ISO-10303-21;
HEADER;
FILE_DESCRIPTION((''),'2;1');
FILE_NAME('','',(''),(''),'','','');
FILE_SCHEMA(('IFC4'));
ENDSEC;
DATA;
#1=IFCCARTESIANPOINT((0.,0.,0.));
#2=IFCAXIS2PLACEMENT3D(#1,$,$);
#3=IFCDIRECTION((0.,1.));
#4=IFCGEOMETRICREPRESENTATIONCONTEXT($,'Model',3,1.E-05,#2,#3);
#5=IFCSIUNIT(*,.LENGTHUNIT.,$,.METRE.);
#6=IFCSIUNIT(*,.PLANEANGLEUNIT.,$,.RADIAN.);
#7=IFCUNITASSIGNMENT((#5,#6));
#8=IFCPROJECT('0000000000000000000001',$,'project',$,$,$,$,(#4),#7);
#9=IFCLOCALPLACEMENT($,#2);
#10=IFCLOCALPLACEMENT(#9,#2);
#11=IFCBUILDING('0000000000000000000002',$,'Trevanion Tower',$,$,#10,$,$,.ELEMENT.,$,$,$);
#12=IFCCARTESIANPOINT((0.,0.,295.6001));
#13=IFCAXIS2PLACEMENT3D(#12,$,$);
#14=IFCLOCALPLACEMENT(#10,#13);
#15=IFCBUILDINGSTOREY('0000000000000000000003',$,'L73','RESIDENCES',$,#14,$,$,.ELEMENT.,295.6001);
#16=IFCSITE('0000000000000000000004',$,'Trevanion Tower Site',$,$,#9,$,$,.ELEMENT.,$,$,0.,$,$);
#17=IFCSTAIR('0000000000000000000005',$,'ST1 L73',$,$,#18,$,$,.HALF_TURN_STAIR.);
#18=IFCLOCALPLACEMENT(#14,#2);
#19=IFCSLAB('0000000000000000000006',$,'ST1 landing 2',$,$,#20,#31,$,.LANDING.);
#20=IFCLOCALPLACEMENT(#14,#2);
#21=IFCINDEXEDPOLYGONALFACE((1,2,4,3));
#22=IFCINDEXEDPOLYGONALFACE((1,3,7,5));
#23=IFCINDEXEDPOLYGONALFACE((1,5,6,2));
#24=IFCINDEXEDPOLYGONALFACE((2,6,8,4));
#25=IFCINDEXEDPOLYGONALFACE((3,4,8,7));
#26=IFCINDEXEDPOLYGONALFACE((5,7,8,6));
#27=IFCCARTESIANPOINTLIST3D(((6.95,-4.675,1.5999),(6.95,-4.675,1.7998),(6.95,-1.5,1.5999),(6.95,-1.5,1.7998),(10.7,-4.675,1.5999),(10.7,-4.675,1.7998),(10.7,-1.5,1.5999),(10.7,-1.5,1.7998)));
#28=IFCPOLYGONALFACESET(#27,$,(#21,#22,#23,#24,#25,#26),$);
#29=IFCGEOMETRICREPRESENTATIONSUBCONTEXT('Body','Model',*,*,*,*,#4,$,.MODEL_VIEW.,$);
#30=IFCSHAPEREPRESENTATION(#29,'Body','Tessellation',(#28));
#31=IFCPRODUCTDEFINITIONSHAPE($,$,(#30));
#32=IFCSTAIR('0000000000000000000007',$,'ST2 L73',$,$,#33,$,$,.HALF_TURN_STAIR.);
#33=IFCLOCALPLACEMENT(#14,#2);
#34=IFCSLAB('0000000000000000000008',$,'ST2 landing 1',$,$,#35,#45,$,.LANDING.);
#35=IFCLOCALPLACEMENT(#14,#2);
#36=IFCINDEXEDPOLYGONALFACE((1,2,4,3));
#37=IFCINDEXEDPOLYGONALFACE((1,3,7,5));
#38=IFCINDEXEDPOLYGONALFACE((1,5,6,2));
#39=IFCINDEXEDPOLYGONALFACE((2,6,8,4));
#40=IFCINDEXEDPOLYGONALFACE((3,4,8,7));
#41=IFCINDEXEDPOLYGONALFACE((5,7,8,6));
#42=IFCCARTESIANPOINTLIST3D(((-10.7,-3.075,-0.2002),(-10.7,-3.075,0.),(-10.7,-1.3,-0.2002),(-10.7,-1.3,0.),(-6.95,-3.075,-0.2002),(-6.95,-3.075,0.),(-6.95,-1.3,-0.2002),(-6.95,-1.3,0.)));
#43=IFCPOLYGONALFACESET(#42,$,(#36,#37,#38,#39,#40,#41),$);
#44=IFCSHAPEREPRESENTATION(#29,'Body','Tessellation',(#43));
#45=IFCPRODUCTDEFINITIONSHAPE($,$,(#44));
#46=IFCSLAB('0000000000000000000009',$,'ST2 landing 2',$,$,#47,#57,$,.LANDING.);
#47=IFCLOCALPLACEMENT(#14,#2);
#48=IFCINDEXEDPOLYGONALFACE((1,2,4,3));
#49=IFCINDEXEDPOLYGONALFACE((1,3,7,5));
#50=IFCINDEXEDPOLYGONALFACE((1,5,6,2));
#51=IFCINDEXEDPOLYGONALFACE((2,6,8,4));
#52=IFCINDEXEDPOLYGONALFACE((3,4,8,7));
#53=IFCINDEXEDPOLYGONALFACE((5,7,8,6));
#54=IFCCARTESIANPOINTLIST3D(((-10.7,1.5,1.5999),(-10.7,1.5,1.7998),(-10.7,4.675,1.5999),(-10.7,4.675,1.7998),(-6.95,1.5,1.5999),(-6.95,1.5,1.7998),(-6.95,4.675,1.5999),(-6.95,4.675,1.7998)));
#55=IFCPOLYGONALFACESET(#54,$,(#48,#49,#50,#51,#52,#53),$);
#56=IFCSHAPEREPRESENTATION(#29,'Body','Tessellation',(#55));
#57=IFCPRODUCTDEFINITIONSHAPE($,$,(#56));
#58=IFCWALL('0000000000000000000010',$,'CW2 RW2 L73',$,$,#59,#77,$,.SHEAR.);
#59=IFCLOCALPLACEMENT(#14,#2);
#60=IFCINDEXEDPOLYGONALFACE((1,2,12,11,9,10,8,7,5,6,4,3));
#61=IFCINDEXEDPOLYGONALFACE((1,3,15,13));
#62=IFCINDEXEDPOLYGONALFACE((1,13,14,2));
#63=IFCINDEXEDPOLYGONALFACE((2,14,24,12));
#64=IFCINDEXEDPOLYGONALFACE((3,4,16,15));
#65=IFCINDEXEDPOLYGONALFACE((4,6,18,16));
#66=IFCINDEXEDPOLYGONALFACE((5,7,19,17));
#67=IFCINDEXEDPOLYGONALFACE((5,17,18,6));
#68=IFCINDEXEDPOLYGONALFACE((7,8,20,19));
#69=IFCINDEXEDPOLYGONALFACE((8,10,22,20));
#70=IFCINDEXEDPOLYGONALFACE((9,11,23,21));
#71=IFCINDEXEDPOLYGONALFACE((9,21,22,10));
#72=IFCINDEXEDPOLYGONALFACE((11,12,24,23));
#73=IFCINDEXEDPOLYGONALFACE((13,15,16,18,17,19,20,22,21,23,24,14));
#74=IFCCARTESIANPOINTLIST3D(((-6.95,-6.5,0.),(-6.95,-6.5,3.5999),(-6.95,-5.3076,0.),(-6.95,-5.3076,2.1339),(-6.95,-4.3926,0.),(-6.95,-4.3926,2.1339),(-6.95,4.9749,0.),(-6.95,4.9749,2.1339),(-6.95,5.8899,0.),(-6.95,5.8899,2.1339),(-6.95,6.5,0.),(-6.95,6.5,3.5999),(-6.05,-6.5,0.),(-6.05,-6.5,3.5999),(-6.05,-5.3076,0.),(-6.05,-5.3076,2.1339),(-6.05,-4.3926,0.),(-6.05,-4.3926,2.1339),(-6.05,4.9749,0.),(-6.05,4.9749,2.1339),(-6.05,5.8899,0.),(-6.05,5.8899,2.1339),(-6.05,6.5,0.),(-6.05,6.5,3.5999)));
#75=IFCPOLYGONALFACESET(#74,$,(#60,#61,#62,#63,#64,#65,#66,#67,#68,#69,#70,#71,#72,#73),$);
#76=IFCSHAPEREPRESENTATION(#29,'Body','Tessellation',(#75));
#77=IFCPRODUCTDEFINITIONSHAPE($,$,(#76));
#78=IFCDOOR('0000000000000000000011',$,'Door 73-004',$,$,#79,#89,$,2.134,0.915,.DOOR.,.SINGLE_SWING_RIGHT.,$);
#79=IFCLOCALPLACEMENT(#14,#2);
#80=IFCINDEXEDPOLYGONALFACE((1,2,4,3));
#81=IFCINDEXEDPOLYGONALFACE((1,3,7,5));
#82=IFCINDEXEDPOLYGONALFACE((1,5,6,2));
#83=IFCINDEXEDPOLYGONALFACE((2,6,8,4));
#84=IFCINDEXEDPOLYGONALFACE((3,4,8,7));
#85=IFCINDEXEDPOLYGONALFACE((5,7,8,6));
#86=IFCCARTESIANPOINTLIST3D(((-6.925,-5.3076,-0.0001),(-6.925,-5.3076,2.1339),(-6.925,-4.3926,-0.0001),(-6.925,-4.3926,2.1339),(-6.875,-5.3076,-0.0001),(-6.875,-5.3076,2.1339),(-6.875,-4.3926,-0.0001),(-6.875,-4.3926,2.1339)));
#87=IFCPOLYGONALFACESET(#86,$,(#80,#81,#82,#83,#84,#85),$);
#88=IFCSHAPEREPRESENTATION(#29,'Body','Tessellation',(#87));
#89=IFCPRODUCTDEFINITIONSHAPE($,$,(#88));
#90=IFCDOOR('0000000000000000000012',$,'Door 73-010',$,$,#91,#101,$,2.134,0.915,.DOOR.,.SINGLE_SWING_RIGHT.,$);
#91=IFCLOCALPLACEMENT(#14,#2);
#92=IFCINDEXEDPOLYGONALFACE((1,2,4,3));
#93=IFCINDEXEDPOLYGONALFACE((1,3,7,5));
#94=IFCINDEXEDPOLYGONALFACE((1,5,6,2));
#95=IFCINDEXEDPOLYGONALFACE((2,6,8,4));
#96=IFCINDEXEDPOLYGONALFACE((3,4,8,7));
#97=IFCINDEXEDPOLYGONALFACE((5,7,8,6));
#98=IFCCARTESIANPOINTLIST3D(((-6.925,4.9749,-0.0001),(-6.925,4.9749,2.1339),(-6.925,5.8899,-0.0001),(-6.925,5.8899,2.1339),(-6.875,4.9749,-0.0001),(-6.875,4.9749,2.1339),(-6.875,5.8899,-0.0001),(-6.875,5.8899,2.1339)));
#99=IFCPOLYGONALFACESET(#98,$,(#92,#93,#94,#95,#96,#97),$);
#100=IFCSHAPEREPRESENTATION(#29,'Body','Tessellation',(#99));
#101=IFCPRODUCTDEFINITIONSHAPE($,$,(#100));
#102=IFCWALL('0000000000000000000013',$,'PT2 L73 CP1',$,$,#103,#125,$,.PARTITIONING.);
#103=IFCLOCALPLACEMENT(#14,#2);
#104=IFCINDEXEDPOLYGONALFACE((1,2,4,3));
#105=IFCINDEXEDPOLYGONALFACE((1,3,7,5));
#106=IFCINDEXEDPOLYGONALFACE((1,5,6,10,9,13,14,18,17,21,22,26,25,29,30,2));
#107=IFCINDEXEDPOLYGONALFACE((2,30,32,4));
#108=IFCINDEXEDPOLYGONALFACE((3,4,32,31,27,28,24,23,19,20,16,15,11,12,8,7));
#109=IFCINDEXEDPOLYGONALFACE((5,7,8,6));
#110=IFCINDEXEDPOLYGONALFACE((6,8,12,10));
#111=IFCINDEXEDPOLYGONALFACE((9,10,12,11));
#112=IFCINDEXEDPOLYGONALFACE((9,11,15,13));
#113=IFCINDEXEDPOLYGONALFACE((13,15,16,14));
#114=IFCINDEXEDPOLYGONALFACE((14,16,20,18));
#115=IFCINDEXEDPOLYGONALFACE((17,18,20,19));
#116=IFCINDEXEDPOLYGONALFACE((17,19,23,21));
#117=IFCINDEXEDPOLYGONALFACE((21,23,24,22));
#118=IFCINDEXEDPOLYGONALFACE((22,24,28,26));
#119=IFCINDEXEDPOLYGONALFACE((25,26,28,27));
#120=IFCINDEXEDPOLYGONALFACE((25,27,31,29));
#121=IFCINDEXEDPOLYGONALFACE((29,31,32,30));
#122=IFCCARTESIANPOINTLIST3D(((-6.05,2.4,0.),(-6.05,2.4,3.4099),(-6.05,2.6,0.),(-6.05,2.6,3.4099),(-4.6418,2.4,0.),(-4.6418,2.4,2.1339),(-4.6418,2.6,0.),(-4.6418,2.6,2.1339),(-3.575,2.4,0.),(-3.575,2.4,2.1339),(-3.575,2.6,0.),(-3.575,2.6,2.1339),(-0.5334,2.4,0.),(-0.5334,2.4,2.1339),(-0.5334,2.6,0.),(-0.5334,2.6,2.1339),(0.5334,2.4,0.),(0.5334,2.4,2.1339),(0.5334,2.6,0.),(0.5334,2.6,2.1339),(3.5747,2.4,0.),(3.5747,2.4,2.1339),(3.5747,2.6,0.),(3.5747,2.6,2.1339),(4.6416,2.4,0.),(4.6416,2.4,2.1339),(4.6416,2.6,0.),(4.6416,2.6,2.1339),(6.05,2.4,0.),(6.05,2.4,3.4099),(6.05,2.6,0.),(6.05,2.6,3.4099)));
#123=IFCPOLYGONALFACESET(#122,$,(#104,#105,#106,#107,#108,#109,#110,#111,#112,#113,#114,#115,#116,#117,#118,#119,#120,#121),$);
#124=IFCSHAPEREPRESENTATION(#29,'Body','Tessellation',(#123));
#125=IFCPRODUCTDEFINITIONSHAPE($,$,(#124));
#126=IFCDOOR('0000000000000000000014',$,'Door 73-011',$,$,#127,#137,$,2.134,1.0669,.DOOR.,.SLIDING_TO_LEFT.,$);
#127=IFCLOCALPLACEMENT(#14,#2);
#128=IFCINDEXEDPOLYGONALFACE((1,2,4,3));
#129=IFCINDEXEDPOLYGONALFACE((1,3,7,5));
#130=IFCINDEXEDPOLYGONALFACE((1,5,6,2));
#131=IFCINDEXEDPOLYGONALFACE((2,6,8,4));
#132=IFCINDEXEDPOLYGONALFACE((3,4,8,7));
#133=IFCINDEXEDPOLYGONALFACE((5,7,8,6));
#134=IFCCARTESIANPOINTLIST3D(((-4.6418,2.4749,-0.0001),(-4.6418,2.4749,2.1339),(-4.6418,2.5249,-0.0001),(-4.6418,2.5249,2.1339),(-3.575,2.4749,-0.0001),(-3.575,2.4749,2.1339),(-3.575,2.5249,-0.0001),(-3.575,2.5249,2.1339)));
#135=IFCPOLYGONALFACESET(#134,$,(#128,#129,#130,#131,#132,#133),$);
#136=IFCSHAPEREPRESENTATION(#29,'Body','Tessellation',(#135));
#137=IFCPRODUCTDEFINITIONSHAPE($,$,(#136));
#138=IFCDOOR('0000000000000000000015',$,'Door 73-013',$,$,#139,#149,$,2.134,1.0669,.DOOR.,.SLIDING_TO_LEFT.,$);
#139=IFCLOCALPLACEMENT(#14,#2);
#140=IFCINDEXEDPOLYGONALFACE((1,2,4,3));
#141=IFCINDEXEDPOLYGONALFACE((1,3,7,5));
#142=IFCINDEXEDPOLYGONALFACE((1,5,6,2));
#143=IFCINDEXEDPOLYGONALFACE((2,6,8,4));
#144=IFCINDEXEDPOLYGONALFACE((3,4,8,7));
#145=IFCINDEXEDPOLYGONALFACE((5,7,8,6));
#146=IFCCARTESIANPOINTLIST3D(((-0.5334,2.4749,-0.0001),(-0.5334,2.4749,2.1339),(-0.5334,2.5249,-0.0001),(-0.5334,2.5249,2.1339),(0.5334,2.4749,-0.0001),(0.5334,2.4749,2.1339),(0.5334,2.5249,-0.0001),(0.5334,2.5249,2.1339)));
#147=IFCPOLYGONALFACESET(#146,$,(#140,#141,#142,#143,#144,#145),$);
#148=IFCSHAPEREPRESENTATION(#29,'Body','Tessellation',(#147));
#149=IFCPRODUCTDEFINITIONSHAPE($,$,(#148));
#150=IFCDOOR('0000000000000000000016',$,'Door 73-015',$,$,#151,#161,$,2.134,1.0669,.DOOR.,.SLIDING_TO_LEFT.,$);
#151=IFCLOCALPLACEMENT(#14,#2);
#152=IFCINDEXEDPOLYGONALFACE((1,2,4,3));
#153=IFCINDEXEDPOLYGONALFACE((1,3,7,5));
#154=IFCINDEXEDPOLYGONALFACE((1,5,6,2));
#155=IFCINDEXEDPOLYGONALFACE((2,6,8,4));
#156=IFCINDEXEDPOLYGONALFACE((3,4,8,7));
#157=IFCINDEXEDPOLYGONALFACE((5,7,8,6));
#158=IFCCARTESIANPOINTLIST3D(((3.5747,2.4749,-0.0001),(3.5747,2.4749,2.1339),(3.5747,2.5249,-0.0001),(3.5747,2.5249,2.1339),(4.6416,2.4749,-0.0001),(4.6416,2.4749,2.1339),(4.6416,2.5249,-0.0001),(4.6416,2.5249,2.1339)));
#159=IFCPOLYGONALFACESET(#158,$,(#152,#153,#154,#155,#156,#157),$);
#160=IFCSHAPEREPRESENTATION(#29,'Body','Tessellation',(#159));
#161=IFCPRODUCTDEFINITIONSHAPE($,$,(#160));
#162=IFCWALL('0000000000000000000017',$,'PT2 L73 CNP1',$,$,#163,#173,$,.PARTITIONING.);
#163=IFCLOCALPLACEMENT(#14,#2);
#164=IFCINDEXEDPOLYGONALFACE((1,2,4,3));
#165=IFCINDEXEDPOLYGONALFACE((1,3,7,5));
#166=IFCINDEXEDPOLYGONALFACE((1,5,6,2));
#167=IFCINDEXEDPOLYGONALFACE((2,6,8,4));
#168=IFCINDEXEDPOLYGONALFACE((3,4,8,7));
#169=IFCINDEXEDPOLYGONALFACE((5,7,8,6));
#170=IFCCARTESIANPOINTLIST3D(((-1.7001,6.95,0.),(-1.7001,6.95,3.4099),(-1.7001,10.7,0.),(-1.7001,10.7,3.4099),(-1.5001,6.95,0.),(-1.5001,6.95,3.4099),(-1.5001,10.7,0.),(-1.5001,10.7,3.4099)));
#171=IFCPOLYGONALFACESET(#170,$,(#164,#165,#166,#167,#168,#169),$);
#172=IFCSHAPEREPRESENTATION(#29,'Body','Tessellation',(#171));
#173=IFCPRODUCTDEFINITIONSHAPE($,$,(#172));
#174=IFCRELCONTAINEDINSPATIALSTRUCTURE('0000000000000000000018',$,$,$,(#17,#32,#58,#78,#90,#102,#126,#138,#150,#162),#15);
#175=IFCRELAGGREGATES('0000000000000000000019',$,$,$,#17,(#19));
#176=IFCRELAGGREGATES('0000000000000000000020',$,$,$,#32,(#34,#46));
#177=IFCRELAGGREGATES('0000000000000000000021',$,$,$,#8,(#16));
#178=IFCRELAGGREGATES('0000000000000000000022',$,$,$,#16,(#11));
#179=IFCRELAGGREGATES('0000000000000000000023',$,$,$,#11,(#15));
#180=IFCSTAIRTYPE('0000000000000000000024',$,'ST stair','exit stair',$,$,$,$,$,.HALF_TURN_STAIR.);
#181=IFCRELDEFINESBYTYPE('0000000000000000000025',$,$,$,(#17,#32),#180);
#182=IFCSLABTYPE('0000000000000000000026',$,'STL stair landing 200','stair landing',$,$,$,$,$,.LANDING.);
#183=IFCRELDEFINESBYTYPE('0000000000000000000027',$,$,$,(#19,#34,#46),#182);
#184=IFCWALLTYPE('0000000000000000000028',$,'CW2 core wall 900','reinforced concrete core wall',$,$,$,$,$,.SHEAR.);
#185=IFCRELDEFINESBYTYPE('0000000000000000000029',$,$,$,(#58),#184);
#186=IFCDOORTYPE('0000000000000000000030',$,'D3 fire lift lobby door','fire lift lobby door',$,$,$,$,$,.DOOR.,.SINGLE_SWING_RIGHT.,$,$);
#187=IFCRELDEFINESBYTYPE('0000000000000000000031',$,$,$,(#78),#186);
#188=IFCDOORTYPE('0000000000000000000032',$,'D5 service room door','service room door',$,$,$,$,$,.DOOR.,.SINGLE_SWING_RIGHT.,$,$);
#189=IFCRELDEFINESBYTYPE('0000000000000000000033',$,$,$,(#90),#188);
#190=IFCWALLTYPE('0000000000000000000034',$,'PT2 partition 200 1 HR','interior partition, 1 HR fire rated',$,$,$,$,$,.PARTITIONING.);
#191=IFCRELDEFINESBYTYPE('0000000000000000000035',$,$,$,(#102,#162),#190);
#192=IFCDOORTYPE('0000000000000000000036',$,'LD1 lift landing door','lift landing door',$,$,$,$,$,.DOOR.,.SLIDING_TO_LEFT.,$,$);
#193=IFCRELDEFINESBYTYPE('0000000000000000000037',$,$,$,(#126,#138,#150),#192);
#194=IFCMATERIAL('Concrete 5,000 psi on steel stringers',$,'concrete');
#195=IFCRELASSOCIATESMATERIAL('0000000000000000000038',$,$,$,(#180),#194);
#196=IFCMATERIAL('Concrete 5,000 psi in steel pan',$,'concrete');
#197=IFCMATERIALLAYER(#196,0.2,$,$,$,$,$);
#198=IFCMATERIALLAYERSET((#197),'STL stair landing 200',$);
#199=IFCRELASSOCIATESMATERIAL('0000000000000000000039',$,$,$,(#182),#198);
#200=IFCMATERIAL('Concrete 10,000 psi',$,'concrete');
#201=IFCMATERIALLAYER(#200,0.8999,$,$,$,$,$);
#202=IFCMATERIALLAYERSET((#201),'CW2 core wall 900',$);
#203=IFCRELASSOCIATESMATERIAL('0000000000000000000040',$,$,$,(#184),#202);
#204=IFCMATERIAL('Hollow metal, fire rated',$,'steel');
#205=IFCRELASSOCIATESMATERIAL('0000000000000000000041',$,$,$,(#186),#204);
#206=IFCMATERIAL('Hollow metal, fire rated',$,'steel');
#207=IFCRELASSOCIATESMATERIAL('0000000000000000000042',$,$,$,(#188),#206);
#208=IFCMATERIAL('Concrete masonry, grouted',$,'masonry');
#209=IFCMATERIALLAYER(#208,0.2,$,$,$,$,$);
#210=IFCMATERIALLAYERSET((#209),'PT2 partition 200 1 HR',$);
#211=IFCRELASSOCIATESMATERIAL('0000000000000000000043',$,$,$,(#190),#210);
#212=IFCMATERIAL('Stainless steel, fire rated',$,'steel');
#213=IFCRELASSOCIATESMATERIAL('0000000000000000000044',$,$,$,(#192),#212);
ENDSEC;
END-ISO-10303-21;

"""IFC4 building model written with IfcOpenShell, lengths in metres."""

from ifc_helpers import new_model, si_unit, direction, frame, frame_2d, origin, place, context, subcontext, project, spatial, polyline, rectangle, outline, extrude, material, layer, layer_set, type_object, element, fill, aggregate, save


model = new_model("IFC4")

# Units and contexts
model_context = context("Model", 3, precision=1e-05, world=origin(), true_north=direction((0.0, 1.0)))
body_context = subcontext(model_context, "Body", "Model", "MODEL_VIEW")
ifc_project = project(units=[si_unit("LENGTHUNIT", "METRE"), si_unit("PLANEANGLEUNIT", "RADIAN")], contexts=[model_context])

# Site, building, storey
site_placement = place(None, origin())
site = spatial("IfcSite", under=ifc_project, at=site_placement, Name="Trevanion Tower Site", CompositionType="ELEMENT", RefElevation=0.0)
building_placement = place(site_placement, origin())
building = spatial("IfcBuilding", under=site, at=building_placement, Name="Trevanion Tower", CompositionType="ELEMENT")
storey_placement = place(building_placement, frame((0.0, 0.0, 295.6001)))
storey = spatial("IfcBuildingStorey", under=building, at=storey_placement, Name="L73", Description="RESIDENCES", CompositionType="ELEMENT", Elevation=295.6001)

# Stairs, slabs
ifc_material_1 = material(Name="Concrete 5,000 psi on steel stringers", Category="concrete")
stair_type = type_object("IfcStairType", Name="ST stair", Description="exit stair", PredefinedType="HALF_TURN_STAIR", material=ifc_material_1)
stair_1_placement = place(storey_placement, origin())
stair_1 = element("IfcStair", 1, at=stair_1_placement, inside=storey, type_object=stair_type, Name="ST1 L73", PredefinedType="HALF_TURN_STAIR")
ifc_material_2 = material(Name="Concrete 5,000 psi in steel pan", Category="concrete")
ifc_layer_1 = layer(ifc_material_2, 0.2)
ifc_layer_set_1 = layer_set([ifc_layer_1], Name="STL stair landing 200")
slab_type_1 = type_object("IfcSlabType", Name="STL stair landing 200", Description="stair landing", PredefinedType="LANDING", material=ifc_layer_set_1)
slab_1_placement = place(storey_placement, frame((0.0, 0.0, 1.5999)))
slab_1 = element("IfcSlab", 2, at=slab_1_placement, type_object=slab_type_1, Name="ST1 landing 2", PredefinedType="LANDING", context=body_context, shape_type="SweptSolid", body=[
    extrude(outline(polyline([(6.95, -4.675), (10.7, -4.675), (10.7, -1.5), (6.95, -1.5), (6.95, -4.675)])), origin(), (0.0, 0.0, 1.0), 0.2),
])
aggregate(stair_1, [slab_1])
stair_2_placement = place(storey_placement, origin())
stair_2 = element("IfcStair", 3, at=stair_2_placement, inside=storey, type_object=stair_type, Name="ST2 L73", PredefinedType="HALF_TURN_STAIR")
slab_2_placement = place(storey_placement, frame((0.0, 0.0, -0.2002)))
slab_2 = element("IfcSlab", 4, at=slab_2_placement, type_object=slab_type_1, Name="ST2 landing 1", PredefinedType="LANDING", context=body_context, shape_type="SweptSolid", body=[
    extrude(outline(polyline([(-6.95, -1.3), (-10.7, -1.3), (-10.7, -3.075), (-6.95, -3.075), (-6.95, -1.3)])), origin(), (0.0, 0.0, 1.0), 0.2002),
])
slab_3_placement = place(storey_placement, frame((0.0, 0.0, 1.5999)))
slab_3 = element("IfcSlab", 5, at=slab_3_placement, type_object=slab_type_1, Name="ST2 landing 2", PredefinedType="LANDING", context=body_context, shape_type="SweptSolid", body=[
    extrude(outline(polyline([(-6.95, 4.675), (-10.7, 4.675), (-10.7, 1.5), (-6.95, 1.5), (-6.95, 4.675)])), origin(), (0.0, 0.0, 1.0), 0.2),
])
aggregate(stair_2, [slab_2, slab_3])

# Walls, openings, doors
ifc_material_3 = material(Name="Concrete 10,000 psi", Category="concrete")
ifc_layer_2 = layer(ifc_material_3, 0.8999)
ifc_layer_set_2 = layer_set([ifc_layer_2], Name="CW2 core wall 900")
wall_type_1 = type_object("IfcWallType", Name="CW2 core wall 900", Description="reinforced concrete core wall", PredefinedType="SHEAR", material=ifc_layer_set_2)
wall_1_placement = place(storey_placement, frame((-6.5, 6.5, 0.0), z_axis=(0.0, 0.0, 1.0), x_axis=(0.0, -1.0, 0.0)))
wall_1 = element("IfcWall", 6, at=wall_1_placement, inside=storey, type_object=wall_type_1, Name="CW2 RW2 L73", PredefinedType="SHEAR", context=body_context, shape_type="SweptSolid", body=[
    extrude(rectangle(XDim=13.0, YDim=0.8999, at=frame_2d((6.5, 0.0))), origin(), (0.0, 0.0, 1.0), 3.5999),
])
opening_1_placement = place(wall_1_placement, frame((10.8926, 0.0, 0.0)))
opening_1 = element("IfcOpeningElement", 7, at=opening_1_placement, cuts=wall_1, PredefinedType="OPENING", context=body_context, shape_type="SweptSolid", body=[
    extrude(rectangle(XDim=0.915, YDim=2.134, at=frame_2d((0.4575, 1.0669))), frame((0.0, 0.46, 0.0), z_axis=(0.0, -1.0, 0.0), x_axis=(1.0, 0.0, 0.0)), (0.0, 0.0, 1.0), 0.9199),
])
opening_2_placement = place(wall_1_placement, frame((0.6101, 0.0, 0.0)))
opening_2 = element("IfcOpeningElement", 8, at=opening_2_placement, cuts=wall_1, PredefinedType="OPENING", context=body_context, shape_type="SweptSolid", body=[
    extrude(rectangle(XDim=0.915, YDim=2.134, at=frame_2d((0.4575, 1.0669))), frame((0.0, 0.46, 0.0), z_axis=(0.0, -1.0, 0.0), x_axis=(1.0, 0.0, 0.0)), (0.0, 0.0, 1.0), 0.9199),
])
ifc_material_4 = material(Name="Hollow metal, fire rated", Category="steel")
door_type_1 = type_object("IfcDoorType", Name="D3 fire lift lobby door", Description="fire lift lobby door", OperationType="SINGLE_SWING_RIGHT", PredefinedType="DOOR", material=ifc_material_4)
door_1_placement = place(opening_1_placement, origin())
door_1 = element("IfcDoor", 9, at=door_1_placement, inside=storey, type_object=door_type_1, Name="Door 73-004", OperationType="SINGLE_SWING_RIGHT", OverallHeight=2.134, OverallWidth=0.915, PredefinedType="DOOR", context=body_context, shape_type="SweptSolid", body=[
    extrude(rectangle(XDim=0.915, YDim=2.134, at=frame_2d((0.4575, 1.0669))), frame((0.0, -0.375, 0.0), z_axis=(0.0, -1.0, 0.0), x_axis=(1.0, 0.0, 0.0)), (0.0, 0.0, 1.0), 0.05),
])
fill(opening_1, door_1)
ifc_material_5 = material(Name="Hollow metal, fire rated", Category="steel")
door_type_2 = type_object("IfcDoorType", Name="D5 service room door", Description="service room door", OperationType="SINGLE_SWING_RIGHT", PredefinedType="DOOR", material=ifc_material_5)
door_2_placement = place(opening_2_placement, origin())
door_2 = element("IfcDoor", 10, at=door_2_placement, inside=storey, type_object=door_type_2, Name="Door 73-010", OperationType="SINGLE_SWING_RIGHT", OverallHeight=2.134, OverallWidth=0.915, PredefinedType="DOOR", context=body_context, shape_type="SweptSolid", body=[
    extrude(rectangle(XDim=0.915, YDim=2.134, at=frame_2d((0.4575, 1.0669))), frame((0.0, -0.375, 0.0), z_axis=(0.0, -1.0, 0.0), x_axis=(1.0, 0.0, 0.0)), (0.0, 0.0, 1.0), 0.05),
])
fill(opening_2, door_2)
ifc_material_6 = material(Name="Concrete masonry, grouted", Category="masonry")
ifc_layer_3 = layer(ifc_material_6, 0.2)
ifc_layer_set_3 = layer_set([ifc_layer_3], Name="PT2 partition 200 1 HR")
wall_type_2 = type_object("IfcWallType", Name="PT2 partition 200 1 HR", Description="interior partition, 1 HR fire rated", PredefinedType="PARTITIONING", material=ifc_layer_set_3)
wall_2_placement = place(storey_placement, frame((-6.05, 2.5, 0.0), z_axis=(0.0, 0.0, 1.0), x_axis=(1.0, 0.0, 0.0)))
wall_2 = element("IfcWall", 11, at=wall_2_placement, inside=storey, type_object=wall_type_2, Name="PT2 L73 CP1", PredefinedType="PARTITIONING", context=body_context, shape_type="SweptSolid", body=[
    extrude(rectangle(XDim=12.1001, YDim=0.2, at=frame_2d((6.05, 0.0))), origin(), (0.0, 0.0, 1.0), 3.4099),
])
opening_3_placement = place(wall_2_placement, frame((1.4082, 0.0, 0.0)))
opening_3 = element("IfcOpeningElement", 12, at=opening_3_placement, cuts=wall_2, PredefinedType="OPENING", context=body_context, shape_type="SweptSolid", body=[
    extrude(rectangle(XDim=1.0669, YDim=2.134, at=frame_2d((0.5334, 1.0669))), frame((0.0, 0.1099, 0.0), z_axis=(0.0, -1.0, 0.0), x_axis=(1.0, 0.0, 0.0)), (0.0, 0.0, 1.0), 0.22),
])
opening_4_placement = place(wall_2_placement, frame((5.5166, 0.0, 0.0)))
opening_4 = element("IfcOpeningElement", 13, at=opening_4_placement, cuts=wall_2, PredefinedType="OPENING", context=body_context, shape_type="SweptSolid", body=[
    extrude(rectangle(XDim=1.0669, YDim=2.134, at=frame_2d((0.5334, 1.0669))), frame((0.0, 0.1099, 0.0), z_axis=(0.0, -1.0, 0.0), x_axis=(1.0, 0.0, 0.0)), (0.0, 0.0, 1.0), 0.22),
])
opening_5_placement = place(wall_2_placement, frame((9.6248, 0.0, 0.0)))
opening_5 = element("IfcOpeningElement", 14, at=opening_5_placement, cuts=wall_2, PredefinedType="OPENING", context=body_context, shape_type="SweptSolid", body=[
    extrude(rectangle(XDim=1.0669, YDim=2.134, at=frame_2d((0.5334, 1.0669))), frame((0.0, 0.1099, 0.0), z_axis=(0.0, -1.0, 0.0), x_axis=(1.0, 0.0, 0.0)), (0.0, 0.0, 1.0), 0.22),
])
ifc_material_7 = material(Name="Stainless steel, fire rated", Category="steel")
door_type_3 = type_object("IfcDoorType", Name="LD1 lift landing door", Description="lift landing door", OperationType="SLIDING_TO_LEFT", PredefinedType="DOOR", material=ifc_material_7)
door_3_placement = place(opening_3_placement, origin())
door_3 = element("IfcDoor", 15, at=door_3_placement, inside=storey, type_object=door_type_3, Name="Door 73-011", OperationType="SLIDING_TO_LEFT", OverallHeight=2.134, OverallWidth=1.0669, PredefinedType="DOOR", context=body_context, shape_type="SweptSolid", body=[
    extrude(rectangle(XDim=1.0669, YDim=2.134, at=frame_2d((0.5334, 1.0669))), frame((0.0, 0.0249, 0.0), z_axis=(0.0, -1.0, 0.0), x_axis=(1.0, 0.0, 0.0)), (0.0, 0.0, 1.0), 0.05),
])
fill(opening_3, door_3)
door_4_placement = place(opening_4_placement, origin())
door_4 = element("IfcDoor", 16, at=door_4_placement, inside=storey, type_object=door_type_3, Name="Door 73-013", OperationType="SLIDING_TO_LEFT", OverallHeight=2.134, OverallWidth=1.0669, PredefinedType="DOOR", context=body_context, shape_type="SweptSolid", body=[
    extrude(rectangle(XDim=1.0669, YDim=2.134, at=frame_2d((0.5334, 1.0669))), frame((0.0, 0.0249, 0.0), z_axis=(0.0, -1.0, 0.0), x_axis=(1.0, 0.0, 0.0)), (0.0, 0.0, 1.0), 0.05),
])
fill(opening_4, door_4)
door_5_placement = place(opening_5_placement, origin())
door_5 = element("IfcDoor", 17, at=door_5_placement, inside=storey, type_object=door_type_3, Name="Door 73-015", OperationType="SLIDING_TO_LEFT", OverallHeight=2.134, OverallWidth=1.0669, PredefinedType="DOOR", context=body_context, shape_type="SweptSolid", body=[
    extrude(rectangle(XDim=1.0669, YDim=2.134, at=frame_2d((0.5334, 1.0669))), frame((0.0, 0.0249, 0.0), z_axis=(0.0, -1.0, 0.0), x_axis=(1.0, 0.0, 0.0)), (0.0, 0.0, 1.0), 0.05),
])
fill(opening_5, door_5)

# Wall
wall_3_placement = place(storey_placement, frame((-1.6001, 6.95, 0.0), z_axis=(0.0, 0.0, 1.0), x_axis=(0.0, 1.0, 0.0)))
element("IfcWall", 18, at=wall_3_placement, inside=storey, type_object=wall_type_2, Name="PT2 L73 CNP1", PredefinedType="PARTITIONING", context=body_context, shape_type="SweptSolid", body=[
    extrude(rectangle(XDim=3.75, YDim=0.2, at=frame_2d((1.875, 0.0))), origin(), (0.0, 0.0, 1.0), 3.4099),
])

save(model, "model.ifc")
